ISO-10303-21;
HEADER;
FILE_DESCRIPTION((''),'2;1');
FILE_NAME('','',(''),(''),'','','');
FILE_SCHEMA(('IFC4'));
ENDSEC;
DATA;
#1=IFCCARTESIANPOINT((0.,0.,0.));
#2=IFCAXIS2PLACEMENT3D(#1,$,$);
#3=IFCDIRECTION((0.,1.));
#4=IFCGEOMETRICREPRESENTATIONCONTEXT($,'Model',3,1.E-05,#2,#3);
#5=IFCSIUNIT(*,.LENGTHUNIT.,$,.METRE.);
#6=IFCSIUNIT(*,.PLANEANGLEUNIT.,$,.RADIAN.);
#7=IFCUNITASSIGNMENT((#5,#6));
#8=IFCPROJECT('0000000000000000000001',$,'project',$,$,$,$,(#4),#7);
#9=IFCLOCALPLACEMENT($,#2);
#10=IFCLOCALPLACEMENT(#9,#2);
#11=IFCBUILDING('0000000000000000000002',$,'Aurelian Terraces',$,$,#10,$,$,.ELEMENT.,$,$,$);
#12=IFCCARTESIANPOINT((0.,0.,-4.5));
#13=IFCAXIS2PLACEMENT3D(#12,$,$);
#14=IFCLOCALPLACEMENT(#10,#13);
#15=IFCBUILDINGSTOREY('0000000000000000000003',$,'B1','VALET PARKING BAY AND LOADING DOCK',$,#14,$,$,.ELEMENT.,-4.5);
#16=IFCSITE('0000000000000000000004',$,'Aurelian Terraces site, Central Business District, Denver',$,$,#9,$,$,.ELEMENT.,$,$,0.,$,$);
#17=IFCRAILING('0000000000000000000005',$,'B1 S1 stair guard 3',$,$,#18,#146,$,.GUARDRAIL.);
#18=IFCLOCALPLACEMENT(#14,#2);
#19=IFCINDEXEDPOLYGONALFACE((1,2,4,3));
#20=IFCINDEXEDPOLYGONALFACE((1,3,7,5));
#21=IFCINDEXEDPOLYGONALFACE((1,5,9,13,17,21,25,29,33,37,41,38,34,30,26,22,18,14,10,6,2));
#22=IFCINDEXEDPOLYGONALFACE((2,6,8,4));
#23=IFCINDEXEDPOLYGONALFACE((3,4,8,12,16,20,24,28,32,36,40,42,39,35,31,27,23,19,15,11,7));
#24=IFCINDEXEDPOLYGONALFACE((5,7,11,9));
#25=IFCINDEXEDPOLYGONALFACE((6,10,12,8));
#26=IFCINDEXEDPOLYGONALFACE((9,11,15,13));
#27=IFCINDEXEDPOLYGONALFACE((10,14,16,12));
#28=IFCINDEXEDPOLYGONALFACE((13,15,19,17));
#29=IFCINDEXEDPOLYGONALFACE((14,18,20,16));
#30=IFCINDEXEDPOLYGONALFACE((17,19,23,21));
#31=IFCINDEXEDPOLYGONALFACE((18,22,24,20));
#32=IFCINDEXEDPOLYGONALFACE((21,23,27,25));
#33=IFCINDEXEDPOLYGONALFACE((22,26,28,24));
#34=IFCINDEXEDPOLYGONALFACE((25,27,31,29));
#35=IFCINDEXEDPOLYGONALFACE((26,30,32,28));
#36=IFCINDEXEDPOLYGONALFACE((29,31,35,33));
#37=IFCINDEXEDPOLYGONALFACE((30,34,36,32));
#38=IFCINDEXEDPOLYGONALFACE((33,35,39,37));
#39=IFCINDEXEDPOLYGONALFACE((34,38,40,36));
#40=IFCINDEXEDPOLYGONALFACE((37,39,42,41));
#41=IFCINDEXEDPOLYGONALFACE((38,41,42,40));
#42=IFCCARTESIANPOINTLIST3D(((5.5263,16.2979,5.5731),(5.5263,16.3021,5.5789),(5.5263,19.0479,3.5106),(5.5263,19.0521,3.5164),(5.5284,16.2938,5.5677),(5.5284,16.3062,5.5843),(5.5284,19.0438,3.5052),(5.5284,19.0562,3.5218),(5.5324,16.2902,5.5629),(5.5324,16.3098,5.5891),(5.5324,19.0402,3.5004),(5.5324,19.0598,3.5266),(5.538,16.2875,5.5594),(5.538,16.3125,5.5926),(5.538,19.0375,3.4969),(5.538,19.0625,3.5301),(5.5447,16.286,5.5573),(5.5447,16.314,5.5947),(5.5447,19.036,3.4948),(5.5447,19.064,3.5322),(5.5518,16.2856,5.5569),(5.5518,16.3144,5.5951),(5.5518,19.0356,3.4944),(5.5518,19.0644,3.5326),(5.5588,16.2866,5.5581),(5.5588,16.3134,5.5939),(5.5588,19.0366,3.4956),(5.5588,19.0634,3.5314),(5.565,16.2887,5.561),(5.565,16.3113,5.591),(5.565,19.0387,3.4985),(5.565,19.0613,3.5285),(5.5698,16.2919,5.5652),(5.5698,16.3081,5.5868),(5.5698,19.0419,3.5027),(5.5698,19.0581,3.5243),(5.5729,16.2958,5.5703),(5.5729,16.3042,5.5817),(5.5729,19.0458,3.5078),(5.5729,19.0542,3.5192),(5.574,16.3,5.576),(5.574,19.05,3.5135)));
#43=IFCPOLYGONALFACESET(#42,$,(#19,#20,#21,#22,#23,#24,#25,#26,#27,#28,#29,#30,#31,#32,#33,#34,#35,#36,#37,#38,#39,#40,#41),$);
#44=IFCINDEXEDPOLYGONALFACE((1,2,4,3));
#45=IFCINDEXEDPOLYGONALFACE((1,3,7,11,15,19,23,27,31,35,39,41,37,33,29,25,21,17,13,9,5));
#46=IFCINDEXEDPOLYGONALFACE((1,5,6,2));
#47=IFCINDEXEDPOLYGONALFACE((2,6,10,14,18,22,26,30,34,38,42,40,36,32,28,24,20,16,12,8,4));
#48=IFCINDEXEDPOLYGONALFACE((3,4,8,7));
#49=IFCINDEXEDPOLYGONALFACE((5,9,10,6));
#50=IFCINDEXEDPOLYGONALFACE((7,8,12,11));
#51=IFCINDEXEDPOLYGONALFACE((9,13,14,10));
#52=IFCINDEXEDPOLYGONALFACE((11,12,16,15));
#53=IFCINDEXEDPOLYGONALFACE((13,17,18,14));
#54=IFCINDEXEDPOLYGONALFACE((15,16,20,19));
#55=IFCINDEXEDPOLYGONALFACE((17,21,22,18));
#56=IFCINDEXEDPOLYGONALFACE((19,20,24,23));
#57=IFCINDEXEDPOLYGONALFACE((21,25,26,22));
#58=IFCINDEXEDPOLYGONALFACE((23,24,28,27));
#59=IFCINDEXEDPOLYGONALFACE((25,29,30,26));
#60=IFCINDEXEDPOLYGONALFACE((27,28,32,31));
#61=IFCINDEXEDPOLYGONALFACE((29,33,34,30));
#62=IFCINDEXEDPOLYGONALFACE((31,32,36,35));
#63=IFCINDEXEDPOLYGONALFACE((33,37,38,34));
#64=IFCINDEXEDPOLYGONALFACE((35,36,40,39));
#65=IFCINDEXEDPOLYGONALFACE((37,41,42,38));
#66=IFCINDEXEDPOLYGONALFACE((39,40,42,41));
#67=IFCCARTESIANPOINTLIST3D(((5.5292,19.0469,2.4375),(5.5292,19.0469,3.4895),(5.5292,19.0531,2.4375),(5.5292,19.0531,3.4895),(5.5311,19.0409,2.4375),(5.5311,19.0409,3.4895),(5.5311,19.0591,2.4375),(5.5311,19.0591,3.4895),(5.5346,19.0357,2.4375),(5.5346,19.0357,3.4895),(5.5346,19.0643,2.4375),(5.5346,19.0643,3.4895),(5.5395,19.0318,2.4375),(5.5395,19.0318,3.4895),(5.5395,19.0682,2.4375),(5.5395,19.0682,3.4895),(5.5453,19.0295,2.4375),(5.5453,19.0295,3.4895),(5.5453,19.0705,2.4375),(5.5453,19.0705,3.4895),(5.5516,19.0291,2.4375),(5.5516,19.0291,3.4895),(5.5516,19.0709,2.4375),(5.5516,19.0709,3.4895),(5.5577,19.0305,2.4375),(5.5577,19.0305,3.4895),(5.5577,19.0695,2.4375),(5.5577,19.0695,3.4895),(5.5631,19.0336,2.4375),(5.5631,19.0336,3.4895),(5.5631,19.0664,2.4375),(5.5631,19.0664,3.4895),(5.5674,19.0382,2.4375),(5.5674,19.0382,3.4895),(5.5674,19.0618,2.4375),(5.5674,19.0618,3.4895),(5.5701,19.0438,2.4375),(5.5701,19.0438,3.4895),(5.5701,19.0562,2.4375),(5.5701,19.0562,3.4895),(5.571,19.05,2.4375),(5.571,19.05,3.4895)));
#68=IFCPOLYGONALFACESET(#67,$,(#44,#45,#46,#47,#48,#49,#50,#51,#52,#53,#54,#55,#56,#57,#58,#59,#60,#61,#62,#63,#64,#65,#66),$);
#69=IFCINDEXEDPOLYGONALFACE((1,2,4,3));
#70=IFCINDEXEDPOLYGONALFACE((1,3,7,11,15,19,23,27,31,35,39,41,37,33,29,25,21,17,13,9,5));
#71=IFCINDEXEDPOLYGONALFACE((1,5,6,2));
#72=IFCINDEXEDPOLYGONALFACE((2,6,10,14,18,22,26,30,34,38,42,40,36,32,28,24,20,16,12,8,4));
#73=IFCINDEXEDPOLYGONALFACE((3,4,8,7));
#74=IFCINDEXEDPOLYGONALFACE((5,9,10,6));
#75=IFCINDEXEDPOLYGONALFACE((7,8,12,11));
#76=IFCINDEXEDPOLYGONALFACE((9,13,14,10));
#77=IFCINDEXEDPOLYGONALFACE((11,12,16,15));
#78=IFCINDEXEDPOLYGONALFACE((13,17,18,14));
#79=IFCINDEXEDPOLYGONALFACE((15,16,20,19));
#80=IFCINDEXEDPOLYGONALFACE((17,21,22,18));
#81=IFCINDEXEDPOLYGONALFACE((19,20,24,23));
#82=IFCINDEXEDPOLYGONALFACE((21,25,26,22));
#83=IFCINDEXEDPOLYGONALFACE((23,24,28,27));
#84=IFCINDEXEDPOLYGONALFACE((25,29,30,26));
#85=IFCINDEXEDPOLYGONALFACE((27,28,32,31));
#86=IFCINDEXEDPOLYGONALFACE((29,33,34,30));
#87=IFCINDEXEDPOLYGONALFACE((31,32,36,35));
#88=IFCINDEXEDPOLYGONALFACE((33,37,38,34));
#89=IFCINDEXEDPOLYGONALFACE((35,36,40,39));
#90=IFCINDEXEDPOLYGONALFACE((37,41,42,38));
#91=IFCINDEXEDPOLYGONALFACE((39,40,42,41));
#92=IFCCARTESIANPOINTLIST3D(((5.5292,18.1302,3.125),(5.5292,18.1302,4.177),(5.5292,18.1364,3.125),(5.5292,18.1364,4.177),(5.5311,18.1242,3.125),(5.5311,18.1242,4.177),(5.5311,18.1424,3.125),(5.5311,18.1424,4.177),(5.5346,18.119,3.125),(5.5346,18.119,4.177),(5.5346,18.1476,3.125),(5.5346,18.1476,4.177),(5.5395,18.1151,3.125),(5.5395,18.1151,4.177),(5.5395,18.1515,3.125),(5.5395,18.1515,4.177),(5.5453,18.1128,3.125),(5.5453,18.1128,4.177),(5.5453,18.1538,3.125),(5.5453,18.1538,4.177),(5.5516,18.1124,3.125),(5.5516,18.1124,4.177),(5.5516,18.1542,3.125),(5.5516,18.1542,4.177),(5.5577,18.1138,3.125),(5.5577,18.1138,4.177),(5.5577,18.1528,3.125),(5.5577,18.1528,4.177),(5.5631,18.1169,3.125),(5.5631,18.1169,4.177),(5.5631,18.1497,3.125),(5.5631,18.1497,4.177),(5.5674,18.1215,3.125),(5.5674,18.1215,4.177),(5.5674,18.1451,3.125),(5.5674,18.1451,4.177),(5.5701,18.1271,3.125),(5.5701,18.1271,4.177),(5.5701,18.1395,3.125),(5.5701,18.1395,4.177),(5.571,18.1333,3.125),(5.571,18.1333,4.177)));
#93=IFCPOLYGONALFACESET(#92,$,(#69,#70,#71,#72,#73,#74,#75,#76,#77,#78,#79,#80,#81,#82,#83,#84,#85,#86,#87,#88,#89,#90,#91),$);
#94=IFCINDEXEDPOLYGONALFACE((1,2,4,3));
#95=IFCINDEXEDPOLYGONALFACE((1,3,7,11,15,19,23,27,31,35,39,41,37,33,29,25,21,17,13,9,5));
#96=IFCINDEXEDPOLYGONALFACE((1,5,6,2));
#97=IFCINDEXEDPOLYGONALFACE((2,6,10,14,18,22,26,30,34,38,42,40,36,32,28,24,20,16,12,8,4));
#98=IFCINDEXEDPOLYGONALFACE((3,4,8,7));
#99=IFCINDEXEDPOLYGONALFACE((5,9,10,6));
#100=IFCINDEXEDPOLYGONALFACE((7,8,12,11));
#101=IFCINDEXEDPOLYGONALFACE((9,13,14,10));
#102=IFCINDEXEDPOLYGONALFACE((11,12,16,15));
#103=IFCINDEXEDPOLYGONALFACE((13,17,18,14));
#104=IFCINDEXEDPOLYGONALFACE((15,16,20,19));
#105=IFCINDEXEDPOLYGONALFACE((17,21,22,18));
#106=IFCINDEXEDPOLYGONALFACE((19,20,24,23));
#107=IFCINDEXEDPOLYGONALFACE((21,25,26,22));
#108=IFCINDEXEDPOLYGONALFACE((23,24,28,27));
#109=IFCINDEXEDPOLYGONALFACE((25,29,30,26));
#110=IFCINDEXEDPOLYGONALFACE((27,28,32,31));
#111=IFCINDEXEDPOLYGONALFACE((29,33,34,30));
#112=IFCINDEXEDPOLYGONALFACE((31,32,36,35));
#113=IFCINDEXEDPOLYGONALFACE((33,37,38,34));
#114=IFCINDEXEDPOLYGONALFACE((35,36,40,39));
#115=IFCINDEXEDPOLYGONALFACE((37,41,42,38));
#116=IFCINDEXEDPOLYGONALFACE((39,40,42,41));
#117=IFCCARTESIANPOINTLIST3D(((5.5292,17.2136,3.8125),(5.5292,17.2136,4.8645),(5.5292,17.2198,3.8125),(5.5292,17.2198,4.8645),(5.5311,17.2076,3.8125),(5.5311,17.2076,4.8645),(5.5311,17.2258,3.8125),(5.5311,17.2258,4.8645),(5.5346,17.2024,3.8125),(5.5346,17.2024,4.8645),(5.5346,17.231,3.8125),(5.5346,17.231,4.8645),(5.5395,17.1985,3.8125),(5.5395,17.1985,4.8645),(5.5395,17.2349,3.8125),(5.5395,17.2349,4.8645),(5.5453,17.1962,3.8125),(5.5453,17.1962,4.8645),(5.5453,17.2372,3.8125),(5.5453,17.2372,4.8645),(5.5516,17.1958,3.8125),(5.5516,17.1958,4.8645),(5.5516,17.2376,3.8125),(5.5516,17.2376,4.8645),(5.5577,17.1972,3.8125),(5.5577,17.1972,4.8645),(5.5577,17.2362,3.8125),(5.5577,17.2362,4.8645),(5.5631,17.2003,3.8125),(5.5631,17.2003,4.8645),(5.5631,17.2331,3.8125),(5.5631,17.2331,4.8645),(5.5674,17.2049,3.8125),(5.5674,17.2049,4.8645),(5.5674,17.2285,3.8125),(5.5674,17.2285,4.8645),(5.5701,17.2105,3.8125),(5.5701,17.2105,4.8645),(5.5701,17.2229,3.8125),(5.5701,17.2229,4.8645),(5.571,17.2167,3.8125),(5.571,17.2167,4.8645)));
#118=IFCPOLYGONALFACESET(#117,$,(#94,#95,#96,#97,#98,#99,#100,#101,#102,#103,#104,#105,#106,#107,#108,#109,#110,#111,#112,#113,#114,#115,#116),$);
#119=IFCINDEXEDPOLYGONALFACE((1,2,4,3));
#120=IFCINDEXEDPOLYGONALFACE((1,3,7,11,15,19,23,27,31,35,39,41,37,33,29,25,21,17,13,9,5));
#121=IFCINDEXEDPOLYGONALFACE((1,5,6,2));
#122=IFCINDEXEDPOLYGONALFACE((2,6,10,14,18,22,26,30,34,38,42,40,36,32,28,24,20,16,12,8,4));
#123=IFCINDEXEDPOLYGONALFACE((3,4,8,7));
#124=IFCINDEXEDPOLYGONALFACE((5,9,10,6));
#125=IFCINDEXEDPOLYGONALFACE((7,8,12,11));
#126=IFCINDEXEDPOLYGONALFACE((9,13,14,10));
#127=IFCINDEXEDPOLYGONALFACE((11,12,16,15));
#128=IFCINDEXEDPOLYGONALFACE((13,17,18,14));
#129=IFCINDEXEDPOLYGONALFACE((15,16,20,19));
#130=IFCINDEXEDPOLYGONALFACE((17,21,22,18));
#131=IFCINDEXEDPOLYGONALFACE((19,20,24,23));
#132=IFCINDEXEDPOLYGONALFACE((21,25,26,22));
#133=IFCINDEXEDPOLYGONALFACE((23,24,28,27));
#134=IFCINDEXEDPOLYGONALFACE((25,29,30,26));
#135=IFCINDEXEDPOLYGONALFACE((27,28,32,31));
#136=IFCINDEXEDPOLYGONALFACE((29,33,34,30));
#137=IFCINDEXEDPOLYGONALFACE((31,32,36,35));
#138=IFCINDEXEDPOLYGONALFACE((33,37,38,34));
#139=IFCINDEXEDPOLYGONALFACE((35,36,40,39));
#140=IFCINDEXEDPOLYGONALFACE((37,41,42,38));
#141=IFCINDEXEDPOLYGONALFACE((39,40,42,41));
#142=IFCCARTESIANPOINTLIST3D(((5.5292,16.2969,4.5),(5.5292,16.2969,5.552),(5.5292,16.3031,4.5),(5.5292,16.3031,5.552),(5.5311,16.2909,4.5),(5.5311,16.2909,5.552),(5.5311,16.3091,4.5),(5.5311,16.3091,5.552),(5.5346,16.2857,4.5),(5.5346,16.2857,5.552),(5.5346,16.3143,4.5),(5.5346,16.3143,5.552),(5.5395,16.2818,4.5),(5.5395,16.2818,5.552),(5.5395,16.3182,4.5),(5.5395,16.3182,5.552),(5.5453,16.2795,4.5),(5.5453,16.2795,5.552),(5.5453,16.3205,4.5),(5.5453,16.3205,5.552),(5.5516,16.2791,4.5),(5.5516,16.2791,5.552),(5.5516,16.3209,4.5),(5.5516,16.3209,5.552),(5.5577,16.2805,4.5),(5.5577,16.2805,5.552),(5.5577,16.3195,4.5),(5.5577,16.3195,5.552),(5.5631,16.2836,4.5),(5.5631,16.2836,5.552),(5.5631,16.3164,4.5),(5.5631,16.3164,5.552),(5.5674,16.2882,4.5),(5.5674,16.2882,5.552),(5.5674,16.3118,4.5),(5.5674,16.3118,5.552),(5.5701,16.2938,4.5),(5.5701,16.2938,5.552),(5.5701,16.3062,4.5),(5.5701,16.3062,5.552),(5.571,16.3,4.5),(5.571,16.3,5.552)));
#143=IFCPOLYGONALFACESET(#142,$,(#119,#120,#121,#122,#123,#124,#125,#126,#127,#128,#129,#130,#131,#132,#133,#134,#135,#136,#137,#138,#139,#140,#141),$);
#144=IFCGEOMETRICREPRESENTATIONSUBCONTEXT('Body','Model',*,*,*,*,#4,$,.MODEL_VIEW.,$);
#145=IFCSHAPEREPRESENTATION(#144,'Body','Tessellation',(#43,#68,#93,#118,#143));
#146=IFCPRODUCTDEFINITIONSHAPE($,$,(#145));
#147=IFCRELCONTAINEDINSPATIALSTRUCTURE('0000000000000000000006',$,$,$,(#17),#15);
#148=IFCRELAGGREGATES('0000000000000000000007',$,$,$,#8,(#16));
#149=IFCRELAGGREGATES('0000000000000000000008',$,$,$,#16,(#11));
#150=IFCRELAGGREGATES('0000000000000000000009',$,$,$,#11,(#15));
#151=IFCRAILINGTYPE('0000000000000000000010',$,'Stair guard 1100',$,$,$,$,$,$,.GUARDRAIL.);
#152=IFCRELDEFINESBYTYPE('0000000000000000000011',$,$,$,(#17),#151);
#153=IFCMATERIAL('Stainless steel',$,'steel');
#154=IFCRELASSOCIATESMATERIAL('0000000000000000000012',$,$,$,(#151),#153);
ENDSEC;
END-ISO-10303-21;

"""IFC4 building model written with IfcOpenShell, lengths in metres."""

from ifc_helpers import new_model, si_unit, direction, frame, origin, origin_2d, place, context, subcontext, project, spatial, circle, extrude, source, transform, mapped, material, type_object, element, save


model = new_model("IFC4")

# Units and contexts
model_context = context("Model", 3, precision=1e-05, world=origin(), true_north=direction((0.0, 1.0)))
body_context = subcontext(model_context, "Body", "Model", "MODEL_VIEW")
ifc_project = project(units=[si_unit("LENGTHUNIT", "METRE"), si_unit("PLANEANGLEUNIT", "RADIAN")], contexts=[model_context])

# Site, building, storey
site_placement = place(None, origin())
site = spatial("IfcSite", under=ifc_project, at=site_placement, Name="Aurelian Terraces site, Central Business District, Denver", CompositionType="ELEMENT", RefElevation=0.0)
building_placement = place(site_placement, origin())
building = spatial("IfcBuilding", under=site, at=building_placement, Name="Aurelian Terraces", CompositionType="ELEMENT")
storey_placement = place(building_placement, frame((0.0, 0.0, -4.5)))
storey = spatial("IfcBuildingStorey", under=building, at=storey_placement, Name="B1", Description="VALET PARKING BAY AND LOADING DOCK", CompositionType="ELEMENT", Elevation=-4.5)

# Shared definitions
ifc_material_1 = material(Name="Stainless steel", Category="steel")

# Railing
railing_type_1 = type_object("IfcRailingType", Name="Stair guard 1100", PredefinedType="GUARDRAIL", material=ifc_material_1)
shared_shape_1 = source(origin(), body_context, "Body", "SweptSolid", [
    extrude(circle(Radius=0.024, at=origin_2d()), frame((0.0, 0.0, 1.076), z_axis=(0.0, -0.8, 0.6), x_axis=(1.0, 0.0, 0.0)), (0.0, 0.0, 1.0), 3.4375),
    extrude(circle(Radius=0.021, at=origin_2d()), origin(), (0.0, 0.0, 1.0), 1.052),
    extrude(circle(Radius=0.021, at=origin_2d()), frame((0.0, -0.9167, 0.6875)), (0.0, 0.0, 1.0), 1.052),
    extrude(circle(Radius=0.021, at=origin_2d()), frame((0.0, -1.8333, 1.375)), (0.0, 0.0, 1.0), 1.052),
    extrude(circle(Radius=0.021, at=origin_2d()), frame((0.0, -2.75, 2.0625)), (0.0, 0.0, 1.0), 1.052),
])
railing_1_placement = place(storey_placement, frame((5.55, 19.05, 2.4375)))
element("IfcRailing", 1, at=railing_1_placement, inside=storey, type_object=railing_type_1, Name="B1 S1 stair guard 3", PredefinedType="GUARDRAIL", context=body_context, shape_type="MappedRepresentation", body=[
    mapped(shared_shape_1, transform((0.0, 0.0, 0.0), scale=1.0)),
])

save(model, "model.ifc")
